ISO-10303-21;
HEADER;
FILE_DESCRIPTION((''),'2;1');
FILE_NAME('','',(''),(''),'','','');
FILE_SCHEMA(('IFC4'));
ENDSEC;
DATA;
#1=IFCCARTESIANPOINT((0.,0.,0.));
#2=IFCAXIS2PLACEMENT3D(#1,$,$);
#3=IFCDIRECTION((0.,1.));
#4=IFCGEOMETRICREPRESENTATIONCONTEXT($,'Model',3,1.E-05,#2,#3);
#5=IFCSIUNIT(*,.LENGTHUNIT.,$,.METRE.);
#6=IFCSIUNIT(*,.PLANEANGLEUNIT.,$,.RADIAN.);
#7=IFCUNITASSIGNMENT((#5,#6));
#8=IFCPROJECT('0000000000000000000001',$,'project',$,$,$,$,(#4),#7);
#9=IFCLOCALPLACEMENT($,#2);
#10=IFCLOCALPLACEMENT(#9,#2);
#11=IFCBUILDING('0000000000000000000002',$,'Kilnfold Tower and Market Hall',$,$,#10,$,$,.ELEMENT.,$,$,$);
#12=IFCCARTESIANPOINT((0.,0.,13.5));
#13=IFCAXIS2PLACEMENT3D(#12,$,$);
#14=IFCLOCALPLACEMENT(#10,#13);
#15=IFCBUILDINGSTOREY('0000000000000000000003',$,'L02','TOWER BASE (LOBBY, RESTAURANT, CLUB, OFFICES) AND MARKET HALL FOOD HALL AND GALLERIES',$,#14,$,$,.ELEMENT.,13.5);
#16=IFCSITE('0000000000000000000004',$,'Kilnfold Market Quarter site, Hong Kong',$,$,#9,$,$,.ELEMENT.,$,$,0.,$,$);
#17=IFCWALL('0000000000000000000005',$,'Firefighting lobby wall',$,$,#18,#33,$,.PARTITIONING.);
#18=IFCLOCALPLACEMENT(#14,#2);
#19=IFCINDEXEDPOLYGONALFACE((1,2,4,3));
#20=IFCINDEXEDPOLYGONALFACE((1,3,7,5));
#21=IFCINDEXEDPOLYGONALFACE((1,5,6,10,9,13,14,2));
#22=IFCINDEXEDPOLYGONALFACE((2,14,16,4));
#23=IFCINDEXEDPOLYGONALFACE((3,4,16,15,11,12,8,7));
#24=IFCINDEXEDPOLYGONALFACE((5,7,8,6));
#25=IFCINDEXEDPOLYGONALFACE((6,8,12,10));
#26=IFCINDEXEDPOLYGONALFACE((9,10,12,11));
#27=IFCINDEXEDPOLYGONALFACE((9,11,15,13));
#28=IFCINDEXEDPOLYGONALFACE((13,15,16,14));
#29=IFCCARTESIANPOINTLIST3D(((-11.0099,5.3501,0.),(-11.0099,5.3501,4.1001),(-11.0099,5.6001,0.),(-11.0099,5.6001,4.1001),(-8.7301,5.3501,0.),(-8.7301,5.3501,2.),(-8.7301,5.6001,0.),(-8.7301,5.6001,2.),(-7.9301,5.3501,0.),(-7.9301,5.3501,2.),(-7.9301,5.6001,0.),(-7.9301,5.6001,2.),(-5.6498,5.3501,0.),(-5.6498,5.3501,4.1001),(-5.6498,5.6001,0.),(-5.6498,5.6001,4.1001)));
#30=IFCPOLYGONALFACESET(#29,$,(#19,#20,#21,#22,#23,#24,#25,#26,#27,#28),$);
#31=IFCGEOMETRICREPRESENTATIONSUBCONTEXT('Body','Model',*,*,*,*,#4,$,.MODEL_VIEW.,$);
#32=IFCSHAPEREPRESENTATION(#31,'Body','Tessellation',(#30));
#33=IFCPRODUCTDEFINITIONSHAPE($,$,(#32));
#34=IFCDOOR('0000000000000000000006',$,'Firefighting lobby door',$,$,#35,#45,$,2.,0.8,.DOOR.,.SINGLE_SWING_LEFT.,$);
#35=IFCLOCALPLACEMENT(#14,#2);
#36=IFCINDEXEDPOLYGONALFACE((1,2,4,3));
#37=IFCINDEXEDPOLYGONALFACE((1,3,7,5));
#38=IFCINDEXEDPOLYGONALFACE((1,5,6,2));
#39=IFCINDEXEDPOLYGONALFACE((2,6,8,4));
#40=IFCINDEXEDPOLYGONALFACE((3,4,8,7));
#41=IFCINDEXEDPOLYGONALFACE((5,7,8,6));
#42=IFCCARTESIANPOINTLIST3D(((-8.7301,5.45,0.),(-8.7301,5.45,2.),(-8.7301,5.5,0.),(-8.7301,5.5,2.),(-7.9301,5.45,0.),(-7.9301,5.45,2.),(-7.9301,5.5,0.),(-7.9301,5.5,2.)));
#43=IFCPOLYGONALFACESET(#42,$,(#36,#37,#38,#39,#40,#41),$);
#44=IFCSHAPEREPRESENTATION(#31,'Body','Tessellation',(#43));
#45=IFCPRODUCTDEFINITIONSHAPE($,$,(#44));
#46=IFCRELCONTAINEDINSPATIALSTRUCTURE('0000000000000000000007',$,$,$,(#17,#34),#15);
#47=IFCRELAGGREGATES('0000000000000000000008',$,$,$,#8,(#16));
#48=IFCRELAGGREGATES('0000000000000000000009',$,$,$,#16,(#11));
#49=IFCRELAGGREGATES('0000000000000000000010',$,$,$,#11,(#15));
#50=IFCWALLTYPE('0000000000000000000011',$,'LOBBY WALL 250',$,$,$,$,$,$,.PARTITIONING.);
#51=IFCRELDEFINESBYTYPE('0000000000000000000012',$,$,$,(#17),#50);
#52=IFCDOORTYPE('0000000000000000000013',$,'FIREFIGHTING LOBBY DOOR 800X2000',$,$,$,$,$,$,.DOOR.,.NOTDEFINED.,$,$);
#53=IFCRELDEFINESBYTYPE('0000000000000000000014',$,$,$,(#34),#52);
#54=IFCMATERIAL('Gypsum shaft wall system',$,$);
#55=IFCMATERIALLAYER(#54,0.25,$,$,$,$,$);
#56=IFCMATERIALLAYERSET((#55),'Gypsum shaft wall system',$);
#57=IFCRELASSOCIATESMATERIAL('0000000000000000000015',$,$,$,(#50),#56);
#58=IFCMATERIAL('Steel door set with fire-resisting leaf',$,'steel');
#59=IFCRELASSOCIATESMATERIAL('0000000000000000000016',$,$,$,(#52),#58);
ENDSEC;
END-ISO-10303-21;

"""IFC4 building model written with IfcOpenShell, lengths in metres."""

from ifc_helpers import new_model, si_unit, direction, frame, frame_2d, origin, place, context, subcontext, project, spatial, rectangle, extrude, source, transform, mapped, material, layer, layer_set, type_object, element, fill, save


model = new_model("IFC4")

# Units and contexts
model_context = context("Model", 3, precision=1e-05, world=origin(), true_north=direction((0.0, 1.0)))
body_context = subcontext(model_context, "Body", "Model", "MODEL_VIEW")
ifc_project = project(units=[si_unit("LENGTHUNIT", "METRE"), si_unit("PLANEANGLEUNIT", "RADIAN")], contexts=[model_context])

# Site, building, storey
site_placement = place(None, origin())
site = spatial("IfcSite", under=ifc_project, at=site_placement, Name="Kilnfold Market Quarter site, Hong Kong", CompositionType="ELEMENT", RefElevation=0.0)
building_placement = place(site_placement, origin())
building = spatial("IfcBuilding", under=site, at=building_placement, Name="Kilnfold Tower and Market Hall", CompositionType="ELEMENT")
storey_placement = place(building_placement, frame((0.0, 0.0, 13.5)))
storey = spatial("IfcBuildingStorey", under=building, at=storey_placement, Name="L02", Description="TOWER BASE (LOBBY, RESTAURANT, CLUB, OFFICES) AND MARKET HALL FOOD HALL AND GALLERIES", CompositionType="ELEMENT", Elevation=13.5)

# Shared definitions
ifc_material_1 = material(Name="Gypsum shaft wall system")
ifc_layer_1 = layer(ifc_material_1, 0.25)
ifc_layer_set_1 = layer_set([ifc_layer_1], Name="Gypsum shaft wall system")
wall_type_1 = type_object("IfcWallType", Name="LOBBY WALL 250", PredefinedType="PARTITIONING", material=ifc_layer_set_1)

# Wall, opening, door
shared_shape_1 = source(origin(), body_context, "Body", "SweptSolid", [
    extrude(rectangle(XDim=5.3601, YDim=0.25, at=frame_2d((2.6802, 0.0))), origin(), (0.0, 0.0, 1.0), 4.1001),
])
wall_1_placement = place(storey_placement, frame((-11.01, 5.4751, 0.0), z_axis=(0.0, 0.0, 1.0), x_axis=(1.0, 0.0, 0.0)))
wall_1 = element("IfcWall", 1, at=wall_1_placement, inside=storey, type_object=wall_type_1, Name="Firefighting lobby wall", PredefinedType="PARTITIONING", context=body_context, shape_type="MappedRepresentation", body=[
    mapped(shared_shape_1, transform((0.0, 0.0, 0.0))),
])
opening_1_placement = place(wall_1_placement, frame((2.28, 0.0, 0.0)))
opening_1 = element("IfcOpeningElement", 2, at=opening_1_placement, cuts=wall_1, PredefinedType="OPENING", context=body_context, shape_type="SweptSolid", body=[
    extrude(rectangle(XDim=0.8, YDim=2.0, at=frame_2d((0.3999, 1.0))), frame((0.0, 0.135, 0.0), z_axis=(0.0, -1.0, 0.0), x_axis=(1.0, 0.0, 0.0)), (0.0, 0.0, 1.0), 0.27),
])
ifc_material_2 = material(Name="Steel door set with fire-resisting leaf", Category="steel")
door_type_1 = type_object("IfcDoorType", Name="FIREFIGHTING LOBBY DOOR 800X2000", OperationType="NOTDEFINED", PredefinedType="DOOR", material=ifc_material_2)
door_1_placement = place(opening_1_placement, origin())
door_1 = element("IfcDoor", 3, at=door_1_placement, inside=storey, type_object=door_type_1, Name="Firefighting lobby door", OperationType="SINGLE_SWING_LEFT", OverallHeight=2.0, OverallWidth=0.8, PredefinedType="DOOR", context=body_context, shape_type="SweptSolid", body=[
    extrude(rectangle(XDim=0.8, YDim=2.0, at=frame_2d((0.3999, 1.0))), frame((0.0, 0.0249, 0.0), z_axis=(0.0, -1.0, 0.0), x_axis=(1.0, 0.0, 0.0)), (0.0, 0.0, 1.0), 0.05),
])
fill(opening_1, door_1)

save(model, "model.ifc")
